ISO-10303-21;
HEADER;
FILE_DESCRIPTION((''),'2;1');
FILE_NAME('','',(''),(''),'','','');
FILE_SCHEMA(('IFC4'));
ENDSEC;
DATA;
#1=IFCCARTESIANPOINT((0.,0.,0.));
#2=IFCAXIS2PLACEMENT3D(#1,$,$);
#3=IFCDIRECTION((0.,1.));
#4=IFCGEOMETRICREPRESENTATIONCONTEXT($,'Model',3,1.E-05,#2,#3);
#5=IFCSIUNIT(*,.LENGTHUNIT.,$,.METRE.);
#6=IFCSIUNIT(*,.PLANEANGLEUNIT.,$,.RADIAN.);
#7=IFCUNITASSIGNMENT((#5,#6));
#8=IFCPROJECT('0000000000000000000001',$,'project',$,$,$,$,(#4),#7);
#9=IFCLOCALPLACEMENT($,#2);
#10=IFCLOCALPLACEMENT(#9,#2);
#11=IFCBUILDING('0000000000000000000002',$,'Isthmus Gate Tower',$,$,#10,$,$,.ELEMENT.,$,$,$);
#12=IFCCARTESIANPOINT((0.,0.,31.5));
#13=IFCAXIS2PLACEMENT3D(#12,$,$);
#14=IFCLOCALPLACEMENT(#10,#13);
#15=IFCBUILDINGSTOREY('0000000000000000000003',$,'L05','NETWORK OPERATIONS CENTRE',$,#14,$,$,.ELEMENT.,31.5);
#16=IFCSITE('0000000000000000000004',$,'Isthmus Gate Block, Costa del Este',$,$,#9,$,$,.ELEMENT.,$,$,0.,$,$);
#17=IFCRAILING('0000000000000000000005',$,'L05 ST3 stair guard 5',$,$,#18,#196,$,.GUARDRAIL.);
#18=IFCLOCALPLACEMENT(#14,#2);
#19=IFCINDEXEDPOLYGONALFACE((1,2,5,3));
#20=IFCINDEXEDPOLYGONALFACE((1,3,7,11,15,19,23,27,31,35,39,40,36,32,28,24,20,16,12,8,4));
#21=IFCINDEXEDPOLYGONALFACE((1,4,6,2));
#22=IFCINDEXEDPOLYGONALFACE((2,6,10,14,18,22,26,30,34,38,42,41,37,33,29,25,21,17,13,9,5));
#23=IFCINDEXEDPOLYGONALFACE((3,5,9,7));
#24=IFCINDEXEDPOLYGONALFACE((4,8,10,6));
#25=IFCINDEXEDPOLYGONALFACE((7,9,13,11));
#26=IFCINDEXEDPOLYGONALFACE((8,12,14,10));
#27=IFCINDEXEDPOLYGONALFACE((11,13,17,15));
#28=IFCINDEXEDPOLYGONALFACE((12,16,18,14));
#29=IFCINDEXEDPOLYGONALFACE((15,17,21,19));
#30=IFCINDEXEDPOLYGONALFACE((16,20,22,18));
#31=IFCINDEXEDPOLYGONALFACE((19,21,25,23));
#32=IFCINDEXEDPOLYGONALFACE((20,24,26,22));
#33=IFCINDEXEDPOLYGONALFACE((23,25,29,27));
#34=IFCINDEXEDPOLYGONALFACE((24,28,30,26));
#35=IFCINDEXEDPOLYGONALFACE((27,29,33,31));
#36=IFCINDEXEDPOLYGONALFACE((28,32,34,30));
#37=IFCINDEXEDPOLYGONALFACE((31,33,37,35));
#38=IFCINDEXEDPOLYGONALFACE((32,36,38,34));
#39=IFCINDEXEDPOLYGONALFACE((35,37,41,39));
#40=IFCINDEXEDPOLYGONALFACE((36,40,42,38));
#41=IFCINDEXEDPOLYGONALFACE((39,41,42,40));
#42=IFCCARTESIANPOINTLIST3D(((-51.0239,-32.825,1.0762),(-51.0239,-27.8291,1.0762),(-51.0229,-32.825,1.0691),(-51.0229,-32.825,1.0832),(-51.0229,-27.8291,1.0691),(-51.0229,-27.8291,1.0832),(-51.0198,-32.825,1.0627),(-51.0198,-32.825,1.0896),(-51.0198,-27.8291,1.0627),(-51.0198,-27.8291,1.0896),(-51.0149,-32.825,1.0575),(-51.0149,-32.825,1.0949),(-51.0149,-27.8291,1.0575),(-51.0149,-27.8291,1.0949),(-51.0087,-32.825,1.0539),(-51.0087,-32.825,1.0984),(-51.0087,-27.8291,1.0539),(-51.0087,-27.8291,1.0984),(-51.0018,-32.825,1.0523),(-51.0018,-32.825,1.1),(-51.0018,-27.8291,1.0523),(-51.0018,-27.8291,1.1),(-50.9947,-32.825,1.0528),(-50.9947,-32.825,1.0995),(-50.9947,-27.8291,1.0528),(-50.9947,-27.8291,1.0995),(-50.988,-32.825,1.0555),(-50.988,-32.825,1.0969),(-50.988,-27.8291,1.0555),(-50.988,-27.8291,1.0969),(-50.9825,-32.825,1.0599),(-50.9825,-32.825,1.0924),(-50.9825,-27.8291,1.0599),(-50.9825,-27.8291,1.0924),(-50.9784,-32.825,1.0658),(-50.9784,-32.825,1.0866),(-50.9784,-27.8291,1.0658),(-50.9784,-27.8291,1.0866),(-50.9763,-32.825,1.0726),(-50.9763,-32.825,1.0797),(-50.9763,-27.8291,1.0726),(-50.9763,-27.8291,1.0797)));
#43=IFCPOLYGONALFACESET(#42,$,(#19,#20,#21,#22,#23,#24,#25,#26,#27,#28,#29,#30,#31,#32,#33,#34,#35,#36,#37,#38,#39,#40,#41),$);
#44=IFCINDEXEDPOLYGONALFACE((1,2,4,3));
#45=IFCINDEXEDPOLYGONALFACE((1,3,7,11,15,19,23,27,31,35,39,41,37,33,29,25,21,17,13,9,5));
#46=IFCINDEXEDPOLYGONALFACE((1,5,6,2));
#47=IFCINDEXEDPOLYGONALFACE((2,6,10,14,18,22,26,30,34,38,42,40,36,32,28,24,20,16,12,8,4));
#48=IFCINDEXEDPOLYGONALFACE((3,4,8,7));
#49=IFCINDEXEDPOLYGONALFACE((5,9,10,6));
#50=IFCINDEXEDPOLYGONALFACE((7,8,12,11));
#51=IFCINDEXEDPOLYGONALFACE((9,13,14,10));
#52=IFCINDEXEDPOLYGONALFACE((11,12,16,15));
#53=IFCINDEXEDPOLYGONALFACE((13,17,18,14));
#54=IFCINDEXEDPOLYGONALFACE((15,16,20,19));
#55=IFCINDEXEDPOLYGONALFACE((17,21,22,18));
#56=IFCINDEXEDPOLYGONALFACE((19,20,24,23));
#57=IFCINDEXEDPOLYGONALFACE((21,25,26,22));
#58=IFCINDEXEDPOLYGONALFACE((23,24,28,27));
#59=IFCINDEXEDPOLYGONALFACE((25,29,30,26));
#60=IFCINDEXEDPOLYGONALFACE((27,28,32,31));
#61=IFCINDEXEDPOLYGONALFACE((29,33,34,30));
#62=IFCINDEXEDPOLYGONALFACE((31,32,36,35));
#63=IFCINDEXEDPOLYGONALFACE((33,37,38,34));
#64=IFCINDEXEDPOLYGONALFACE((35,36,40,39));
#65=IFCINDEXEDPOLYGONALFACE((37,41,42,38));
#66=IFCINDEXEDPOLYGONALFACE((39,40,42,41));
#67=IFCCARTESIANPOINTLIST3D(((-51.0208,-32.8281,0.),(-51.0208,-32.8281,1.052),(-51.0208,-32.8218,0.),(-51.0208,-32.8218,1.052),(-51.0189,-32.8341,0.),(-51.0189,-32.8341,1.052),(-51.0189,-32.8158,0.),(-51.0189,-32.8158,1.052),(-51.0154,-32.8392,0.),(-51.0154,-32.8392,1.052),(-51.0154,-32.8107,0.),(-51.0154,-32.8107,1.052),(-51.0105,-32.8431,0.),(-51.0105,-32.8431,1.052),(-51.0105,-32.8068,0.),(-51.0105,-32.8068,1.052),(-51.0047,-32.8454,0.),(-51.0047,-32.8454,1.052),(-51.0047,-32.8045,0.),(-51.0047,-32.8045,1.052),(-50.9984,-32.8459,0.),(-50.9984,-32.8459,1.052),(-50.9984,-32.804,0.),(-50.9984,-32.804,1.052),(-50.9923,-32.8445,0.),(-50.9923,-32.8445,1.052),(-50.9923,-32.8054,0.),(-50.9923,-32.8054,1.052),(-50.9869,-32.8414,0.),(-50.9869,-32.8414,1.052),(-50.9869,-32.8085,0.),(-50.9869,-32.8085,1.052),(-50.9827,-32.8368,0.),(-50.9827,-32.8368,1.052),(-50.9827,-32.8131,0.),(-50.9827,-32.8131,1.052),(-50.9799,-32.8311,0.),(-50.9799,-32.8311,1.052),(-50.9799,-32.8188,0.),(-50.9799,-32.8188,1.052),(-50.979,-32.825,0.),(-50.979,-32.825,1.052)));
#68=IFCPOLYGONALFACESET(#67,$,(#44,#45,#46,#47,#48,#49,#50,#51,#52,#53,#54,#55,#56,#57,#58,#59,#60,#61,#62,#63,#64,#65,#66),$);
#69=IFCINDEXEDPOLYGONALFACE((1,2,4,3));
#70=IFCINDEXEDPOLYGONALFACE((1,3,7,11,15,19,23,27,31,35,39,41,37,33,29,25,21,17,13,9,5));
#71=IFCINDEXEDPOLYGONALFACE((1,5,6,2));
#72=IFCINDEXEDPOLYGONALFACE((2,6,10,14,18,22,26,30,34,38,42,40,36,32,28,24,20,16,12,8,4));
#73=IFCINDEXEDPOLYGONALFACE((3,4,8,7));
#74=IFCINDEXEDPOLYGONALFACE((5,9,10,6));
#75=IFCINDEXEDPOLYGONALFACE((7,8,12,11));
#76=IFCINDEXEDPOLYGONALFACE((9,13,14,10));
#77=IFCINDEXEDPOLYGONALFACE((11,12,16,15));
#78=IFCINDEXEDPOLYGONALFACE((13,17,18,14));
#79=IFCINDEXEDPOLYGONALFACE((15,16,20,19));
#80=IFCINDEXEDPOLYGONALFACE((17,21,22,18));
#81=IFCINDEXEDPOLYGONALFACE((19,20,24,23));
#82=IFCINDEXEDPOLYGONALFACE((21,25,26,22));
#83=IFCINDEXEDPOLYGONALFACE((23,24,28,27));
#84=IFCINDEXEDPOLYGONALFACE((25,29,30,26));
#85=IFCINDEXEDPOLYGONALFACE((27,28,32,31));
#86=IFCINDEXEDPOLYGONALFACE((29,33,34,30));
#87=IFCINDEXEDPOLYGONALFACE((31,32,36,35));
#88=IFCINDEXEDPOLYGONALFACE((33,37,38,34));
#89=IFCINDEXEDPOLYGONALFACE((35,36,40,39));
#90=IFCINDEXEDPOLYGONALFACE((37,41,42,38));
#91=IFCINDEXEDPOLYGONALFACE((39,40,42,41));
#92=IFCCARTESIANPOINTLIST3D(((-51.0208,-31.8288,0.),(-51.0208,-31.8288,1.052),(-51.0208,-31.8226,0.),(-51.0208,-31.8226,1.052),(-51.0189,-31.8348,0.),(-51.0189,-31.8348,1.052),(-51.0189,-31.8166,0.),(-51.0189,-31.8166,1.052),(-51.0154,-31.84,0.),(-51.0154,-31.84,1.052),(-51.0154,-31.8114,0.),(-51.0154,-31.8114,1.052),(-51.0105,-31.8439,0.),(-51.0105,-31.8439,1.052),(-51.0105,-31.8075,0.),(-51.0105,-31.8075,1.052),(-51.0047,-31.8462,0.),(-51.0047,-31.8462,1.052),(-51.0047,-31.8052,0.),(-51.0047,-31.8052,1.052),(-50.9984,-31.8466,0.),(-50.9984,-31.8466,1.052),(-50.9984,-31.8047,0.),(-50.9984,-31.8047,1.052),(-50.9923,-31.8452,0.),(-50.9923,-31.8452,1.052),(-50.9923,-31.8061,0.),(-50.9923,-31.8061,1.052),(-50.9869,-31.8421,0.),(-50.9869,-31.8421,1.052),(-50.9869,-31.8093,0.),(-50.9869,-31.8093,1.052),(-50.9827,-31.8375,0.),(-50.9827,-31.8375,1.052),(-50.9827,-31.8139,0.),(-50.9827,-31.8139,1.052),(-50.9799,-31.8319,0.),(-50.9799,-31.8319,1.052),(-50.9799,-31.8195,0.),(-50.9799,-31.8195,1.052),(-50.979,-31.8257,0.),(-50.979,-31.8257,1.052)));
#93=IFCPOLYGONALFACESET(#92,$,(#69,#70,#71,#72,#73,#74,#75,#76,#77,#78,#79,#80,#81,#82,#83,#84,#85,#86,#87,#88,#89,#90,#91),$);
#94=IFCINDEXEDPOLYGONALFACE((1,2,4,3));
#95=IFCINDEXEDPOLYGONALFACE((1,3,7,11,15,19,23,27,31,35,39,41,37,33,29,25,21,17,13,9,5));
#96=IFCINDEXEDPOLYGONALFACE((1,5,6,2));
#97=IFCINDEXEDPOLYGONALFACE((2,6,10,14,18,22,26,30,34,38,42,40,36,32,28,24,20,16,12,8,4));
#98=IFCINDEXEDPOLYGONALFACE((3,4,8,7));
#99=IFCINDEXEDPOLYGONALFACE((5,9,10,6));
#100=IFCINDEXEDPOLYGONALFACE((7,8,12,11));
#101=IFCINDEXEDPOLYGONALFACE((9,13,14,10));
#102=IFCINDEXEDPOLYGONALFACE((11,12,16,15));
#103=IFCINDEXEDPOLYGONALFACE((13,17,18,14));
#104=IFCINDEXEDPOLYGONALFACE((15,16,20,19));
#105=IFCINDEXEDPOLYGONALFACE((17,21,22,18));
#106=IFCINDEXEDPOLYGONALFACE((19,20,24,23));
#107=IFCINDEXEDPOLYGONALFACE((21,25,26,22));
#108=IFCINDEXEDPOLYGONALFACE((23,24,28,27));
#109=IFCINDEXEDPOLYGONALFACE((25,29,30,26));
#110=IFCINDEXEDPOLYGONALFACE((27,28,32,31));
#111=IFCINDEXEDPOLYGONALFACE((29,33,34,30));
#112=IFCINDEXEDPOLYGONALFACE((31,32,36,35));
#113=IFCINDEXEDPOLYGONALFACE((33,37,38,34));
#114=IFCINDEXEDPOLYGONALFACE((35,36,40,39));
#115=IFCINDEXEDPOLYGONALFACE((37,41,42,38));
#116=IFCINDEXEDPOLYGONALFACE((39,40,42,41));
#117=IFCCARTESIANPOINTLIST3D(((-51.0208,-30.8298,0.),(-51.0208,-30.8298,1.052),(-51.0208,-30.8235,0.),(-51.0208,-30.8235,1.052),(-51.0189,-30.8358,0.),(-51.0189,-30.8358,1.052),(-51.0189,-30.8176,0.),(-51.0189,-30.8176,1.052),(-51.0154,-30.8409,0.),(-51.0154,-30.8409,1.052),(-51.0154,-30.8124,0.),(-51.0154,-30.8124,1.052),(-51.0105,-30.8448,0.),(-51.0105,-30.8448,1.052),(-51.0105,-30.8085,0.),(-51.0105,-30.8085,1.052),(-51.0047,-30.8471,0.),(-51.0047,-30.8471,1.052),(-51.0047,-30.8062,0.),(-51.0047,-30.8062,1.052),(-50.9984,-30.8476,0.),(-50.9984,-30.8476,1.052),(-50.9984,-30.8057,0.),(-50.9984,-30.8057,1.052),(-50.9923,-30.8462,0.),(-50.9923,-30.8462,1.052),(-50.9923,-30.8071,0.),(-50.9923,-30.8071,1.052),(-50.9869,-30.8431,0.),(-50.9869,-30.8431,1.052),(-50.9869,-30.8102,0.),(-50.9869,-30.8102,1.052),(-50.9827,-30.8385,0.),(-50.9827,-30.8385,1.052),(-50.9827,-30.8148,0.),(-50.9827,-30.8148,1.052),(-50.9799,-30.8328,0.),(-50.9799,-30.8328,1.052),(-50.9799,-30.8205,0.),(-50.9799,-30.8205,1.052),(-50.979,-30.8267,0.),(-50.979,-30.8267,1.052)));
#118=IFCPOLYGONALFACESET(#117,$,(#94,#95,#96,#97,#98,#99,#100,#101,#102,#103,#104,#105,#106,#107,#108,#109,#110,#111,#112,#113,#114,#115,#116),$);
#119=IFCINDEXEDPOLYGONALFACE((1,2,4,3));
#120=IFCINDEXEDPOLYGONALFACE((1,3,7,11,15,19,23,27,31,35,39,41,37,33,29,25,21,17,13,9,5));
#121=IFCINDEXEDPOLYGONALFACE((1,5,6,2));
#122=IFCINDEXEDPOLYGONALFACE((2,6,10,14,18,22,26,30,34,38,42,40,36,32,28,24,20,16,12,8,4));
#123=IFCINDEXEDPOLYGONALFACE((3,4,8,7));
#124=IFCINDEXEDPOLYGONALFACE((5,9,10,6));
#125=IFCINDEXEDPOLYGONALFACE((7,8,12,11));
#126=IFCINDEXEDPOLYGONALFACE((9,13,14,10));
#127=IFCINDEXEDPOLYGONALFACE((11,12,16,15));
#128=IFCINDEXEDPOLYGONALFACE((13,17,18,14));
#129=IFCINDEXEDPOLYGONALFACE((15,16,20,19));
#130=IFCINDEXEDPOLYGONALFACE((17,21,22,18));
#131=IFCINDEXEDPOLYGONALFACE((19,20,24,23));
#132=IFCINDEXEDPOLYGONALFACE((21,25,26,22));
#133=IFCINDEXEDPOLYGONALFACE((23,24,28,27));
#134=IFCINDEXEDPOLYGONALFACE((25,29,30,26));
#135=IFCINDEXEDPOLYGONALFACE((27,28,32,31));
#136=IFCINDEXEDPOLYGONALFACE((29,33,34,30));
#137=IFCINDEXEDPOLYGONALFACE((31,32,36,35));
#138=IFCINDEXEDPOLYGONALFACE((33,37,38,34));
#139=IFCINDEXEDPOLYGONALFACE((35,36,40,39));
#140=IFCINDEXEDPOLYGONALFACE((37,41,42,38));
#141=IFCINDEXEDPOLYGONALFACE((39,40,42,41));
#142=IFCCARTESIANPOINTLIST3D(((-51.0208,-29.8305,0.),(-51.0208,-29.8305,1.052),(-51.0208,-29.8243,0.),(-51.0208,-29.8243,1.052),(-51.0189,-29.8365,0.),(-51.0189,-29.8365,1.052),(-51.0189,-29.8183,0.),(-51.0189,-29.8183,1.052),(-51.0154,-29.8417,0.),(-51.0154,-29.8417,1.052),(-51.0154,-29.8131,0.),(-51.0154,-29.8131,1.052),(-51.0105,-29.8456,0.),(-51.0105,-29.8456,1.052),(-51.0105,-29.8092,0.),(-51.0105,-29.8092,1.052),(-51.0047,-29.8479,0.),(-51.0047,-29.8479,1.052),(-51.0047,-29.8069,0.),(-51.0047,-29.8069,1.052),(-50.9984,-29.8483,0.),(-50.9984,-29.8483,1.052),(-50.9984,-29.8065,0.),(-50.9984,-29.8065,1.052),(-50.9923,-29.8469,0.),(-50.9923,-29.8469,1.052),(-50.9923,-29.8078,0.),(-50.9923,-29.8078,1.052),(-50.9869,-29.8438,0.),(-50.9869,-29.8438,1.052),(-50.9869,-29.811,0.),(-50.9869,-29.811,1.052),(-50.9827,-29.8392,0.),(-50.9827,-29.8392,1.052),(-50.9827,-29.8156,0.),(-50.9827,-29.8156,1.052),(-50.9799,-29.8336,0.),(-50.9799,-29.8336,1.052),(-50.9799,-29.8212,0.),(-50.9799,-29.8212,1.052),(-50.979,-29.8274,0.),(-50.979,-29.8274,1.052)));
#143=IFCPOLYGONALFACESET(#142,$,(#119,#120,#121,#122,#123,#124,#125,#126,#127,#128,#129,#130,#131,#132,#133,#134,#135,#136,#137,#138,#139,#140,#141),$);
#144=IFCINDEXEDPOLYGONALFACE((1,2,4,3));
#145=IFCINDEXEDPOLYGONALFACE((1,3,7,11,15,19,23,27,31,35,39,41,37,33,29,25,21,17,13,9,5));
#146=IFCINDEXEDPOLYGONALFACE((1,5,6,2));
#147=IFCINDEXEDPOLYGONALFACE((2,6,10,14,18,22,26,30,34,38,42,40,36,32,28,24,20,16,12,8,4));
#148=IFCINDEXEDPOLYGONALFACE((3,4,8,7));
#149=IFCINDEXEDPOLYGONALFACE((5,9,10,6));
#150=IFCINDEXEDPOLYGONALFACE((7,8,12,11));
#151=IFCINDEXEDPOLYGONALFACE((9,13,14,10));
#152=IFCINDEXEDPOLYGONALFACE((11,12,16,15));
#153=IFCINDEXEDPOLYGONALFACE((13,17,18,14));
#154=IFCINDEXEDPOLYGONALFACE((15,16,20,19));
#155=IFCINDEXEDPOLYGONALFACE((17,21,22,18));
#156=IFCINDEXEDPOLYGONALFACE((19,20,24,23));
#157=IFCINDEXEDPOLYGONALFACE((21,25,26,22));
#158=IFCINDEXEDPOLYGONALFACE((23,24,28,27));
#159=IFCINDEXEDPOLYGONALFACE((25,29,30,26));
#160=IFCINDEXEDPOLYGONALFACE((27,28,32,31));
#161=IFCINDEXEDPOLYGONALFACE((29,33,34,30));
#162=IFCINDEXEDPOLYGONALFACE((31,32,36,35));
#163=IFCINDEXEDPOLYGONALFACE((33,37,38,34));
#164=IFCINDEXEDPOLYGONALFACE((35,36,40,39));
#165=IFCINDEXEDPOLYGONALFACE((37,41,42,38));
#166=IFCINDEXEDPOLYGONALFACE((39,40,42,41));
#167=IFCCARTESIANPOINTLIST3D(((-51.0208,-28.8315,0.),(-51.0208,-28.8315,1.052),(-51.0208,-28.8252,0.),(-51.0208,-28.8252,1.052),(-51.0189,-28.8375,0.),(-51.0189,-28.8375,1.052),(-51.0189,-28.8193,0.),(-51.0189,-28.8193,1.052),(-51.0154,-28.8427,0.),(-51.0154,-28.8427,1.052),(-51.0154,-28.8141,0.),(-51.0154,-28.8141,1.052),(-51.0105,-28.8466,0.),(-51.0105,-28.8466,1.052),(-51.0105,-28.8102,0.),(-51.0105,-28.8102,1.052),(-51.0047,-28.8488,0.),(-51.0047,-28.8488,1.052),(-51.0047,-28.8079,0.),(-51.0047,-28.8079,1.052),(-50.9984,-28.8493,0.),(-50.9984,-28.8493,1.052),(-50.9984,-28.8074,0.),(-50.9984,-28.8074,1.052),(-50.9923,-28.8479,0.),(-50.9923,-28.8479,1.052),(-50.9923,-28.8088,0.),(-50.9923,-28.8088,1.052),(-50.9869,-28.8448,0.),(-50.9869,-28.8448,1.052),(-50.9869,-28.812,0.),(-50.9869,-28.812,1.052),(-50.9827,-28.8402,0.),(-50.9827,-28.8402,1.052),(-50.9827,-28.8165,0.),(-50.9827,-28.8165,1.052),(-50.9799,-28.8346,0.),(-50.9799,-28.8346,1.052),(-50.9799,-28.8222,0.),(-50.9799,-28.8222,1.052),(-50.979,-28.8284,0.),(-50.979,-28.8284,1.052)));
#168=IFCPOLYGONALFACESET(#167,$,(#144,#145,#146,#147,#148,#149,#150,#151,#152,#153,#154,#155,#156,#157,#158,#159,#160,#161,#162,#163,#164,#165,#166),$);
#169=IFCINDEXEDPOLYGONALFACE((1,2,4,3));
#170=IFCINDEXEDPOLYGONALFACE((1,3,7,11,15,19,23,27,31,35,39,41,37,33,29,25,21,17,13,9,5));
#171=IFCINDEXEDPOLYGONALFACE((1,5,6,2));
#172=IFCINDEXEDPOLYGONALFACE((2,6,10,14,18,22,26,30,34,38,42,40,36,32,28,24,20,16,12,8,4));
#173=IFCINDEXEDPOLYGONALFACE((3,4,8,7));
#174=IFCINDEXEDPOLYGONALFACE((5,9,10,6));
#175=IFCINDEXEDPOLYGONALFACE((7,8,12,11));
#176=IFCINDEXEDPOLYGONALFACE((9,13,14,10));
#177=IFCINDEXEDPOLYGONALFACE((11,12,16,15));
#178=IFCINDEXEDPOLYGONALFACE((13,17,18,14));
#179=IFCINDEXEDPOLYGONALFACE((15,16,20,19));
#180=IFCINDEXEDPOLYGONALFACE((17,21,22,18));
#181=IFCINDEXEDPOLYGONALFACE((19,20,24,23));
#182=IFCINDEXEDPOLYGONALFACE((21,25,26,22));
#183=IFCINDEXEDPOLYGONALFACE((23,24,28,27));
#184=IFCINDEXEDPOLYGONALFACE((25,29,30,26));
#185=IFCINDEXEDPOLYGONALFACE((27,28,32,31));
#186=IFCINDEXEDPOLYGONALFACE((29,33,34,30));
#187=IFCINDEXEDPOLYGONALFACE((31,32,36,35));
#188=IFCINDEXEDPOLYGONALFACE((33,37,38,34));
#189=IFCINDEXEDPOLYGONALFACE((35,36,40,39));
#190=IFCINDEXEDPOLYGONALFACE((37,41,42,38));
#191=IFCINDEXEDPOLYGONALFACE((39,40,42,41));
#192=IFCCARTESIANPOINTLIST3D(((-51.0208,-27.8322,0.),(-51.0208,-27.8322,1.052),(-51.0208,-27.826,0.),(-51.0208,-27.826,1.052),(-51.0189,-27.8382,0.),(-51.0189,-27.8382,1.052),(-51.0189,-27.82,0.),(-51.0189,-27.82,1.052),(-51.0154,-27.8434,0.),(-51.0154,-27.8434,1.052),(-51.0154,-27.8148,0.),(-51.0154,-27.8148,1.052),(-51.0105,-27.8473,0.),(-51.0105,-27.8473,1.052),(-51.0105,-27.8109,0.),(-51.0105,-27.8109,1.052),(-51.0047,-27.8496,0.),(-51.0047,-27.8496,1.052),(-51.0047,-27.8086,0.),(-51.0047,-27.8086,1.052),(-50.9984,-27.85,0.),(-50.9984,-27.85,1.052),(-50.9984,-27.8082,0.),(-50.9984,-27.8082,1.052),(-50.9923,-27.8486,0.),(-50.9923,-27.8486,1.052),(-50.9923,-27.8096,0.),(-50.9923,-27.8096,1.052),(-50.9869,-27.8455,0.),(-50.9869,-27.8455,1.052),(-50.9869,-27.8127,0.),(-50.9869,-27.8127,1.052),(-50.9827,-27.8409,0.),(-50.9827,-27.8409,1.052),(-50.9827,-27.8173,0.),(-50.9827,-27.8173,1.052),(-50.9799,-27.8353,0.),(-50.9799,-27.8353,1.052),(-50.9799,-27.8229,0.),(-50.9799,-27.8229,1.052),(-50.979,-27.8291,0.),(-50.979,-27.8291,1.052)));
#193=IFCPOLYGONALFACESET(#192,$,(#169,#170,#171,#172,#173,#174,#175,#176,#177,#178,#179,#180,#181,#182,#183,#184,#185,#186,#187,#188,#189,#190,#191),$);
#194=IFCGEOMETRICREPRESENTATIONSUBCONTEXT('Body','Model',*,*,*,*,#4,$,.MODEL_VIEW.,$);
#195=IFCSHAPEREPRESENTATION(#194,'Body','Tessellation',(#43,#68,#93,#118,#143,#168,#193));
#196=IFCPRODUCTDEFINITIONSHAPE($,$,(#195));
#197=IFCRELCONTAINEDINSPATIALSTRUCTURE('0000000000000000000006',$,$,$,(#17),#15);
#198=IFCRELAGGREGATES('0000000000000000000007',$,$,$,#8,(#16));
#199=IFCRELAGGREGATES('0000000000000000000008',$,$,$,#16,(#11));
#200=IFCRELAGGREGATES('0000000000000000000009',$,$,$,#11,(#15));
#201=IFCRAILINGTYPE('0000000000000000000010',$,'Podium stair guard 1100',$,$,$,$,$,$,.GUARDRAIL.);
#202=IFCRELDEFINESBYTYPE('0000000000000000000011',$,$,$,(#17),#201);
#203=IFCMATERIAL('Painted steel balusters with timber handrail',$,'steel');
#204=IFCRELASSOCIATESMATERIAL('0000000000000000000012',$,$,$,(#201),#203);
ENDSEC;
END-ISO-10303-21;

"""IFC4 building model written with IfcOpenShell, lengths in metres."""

from ifc_helpers import new_model, si_unit, direction, frame, origin, origin_2d, place, context, subcontext, project, spatial, circle, extrude, material, type_object, element, save


model = new_model("IFC4")

# Units and contexts
model_context = context("Model", 3, precision=1e-05, world=origin(), true_north=direction((0.0, 1.0)))
body_context = subcontext(model_context, "Body", "Model", "MODEL_VIEW")
ifc_project = project(units=[si_unit("LENGTHUNIT", "METRE"), si_unit("PLANEANGLEUNIT", "RADIAN")], contexts=[model_context])

# Site, building, storey
site_placement = place(None, origin())
site = spatial("IfcSite", under=ifc_project, at=site_placement, Name="Isthmus Gate Block, Costa del Este", CompositionType="ELEMENT", RefElevation=0.0)
building_placement = place(site_placement, origin())
building = spatial("IfcBuilding", under=site, at=building_placement, Name="Isthmus Gate Tower", CompositionType="ELEMENT")
storey_placement = place(building_placement, frame((0.0, 0.0, 31.5)))
storey = spatial("IfcBuildingStorey", under=building, at=storey_placement, Name="L05", Description="NETWORK OPERATIONS CENTRE", CompositionType="ELEMENT", Elevation=31.5)

# Railing
ifc_material_1 = material(Name="Painted steel balusters with timber handrail", Category="steel")
railing_type_1 = type_object("IfcRailingType", Name="Podium stair guard 1100", PredefinedType="GUARDRAIL", material=ifc_material_1)
railing_1_placement = place(storey_placement, frame((-51.0, -32.825, 0.0)))
element("IfcRailing", 1, at=railing_1_placement, inside=storey, type_object=railing_type_1, Name="L05 ST3 stair guard 5", PredefinedType="GUARDRAIL", context=body_context, shape_type="SweptSolid", body=[
    extrude(circle(Radius=0.0239, at=origin_2d()), frame((0.0, 0.0, 1.0762), z_axis=(0.0, 1.0, 0.0), x_axis=(-1.0, 0.0, 0.0)), (0.0, 0.0, 1.0), 4.9958),
    extrude(circle(Radius=0.021, at=origin_2d()), origin(), (0.0, 0.0, 1.0), 1.052),
    extrude(circle(Radius=0.021, at=origin_2d()), frame((0.0, 0.9993, 0.0)), (0.0, 0.0, 1.0), 1.052),
    extrude(circle(Radius=0.021, at=origin_2d()), frame((0.0, 1.9983, 0.0)), (0.0, 0.0, 1.0), 1.052),
    extrude(circle(Radius=0.021, at=origin_2d()), frame((0.0, 2.9976, 0.0)), (0.0, 0.0, 1.0), 1.052),
    extrude(circle(Radius=0.021, at=origin_2d()), frame((0.0, 3.9966, 0.0)), (0.0, 0.0, 1.0), 1.052),
    extrude(circle(Radius=0.021, at=origin_2d()), frame((0.0, 4.9958, 0.0)), (0.0, 0.0, 1.0), 1.052),
])

save(model, "model.ifc")
